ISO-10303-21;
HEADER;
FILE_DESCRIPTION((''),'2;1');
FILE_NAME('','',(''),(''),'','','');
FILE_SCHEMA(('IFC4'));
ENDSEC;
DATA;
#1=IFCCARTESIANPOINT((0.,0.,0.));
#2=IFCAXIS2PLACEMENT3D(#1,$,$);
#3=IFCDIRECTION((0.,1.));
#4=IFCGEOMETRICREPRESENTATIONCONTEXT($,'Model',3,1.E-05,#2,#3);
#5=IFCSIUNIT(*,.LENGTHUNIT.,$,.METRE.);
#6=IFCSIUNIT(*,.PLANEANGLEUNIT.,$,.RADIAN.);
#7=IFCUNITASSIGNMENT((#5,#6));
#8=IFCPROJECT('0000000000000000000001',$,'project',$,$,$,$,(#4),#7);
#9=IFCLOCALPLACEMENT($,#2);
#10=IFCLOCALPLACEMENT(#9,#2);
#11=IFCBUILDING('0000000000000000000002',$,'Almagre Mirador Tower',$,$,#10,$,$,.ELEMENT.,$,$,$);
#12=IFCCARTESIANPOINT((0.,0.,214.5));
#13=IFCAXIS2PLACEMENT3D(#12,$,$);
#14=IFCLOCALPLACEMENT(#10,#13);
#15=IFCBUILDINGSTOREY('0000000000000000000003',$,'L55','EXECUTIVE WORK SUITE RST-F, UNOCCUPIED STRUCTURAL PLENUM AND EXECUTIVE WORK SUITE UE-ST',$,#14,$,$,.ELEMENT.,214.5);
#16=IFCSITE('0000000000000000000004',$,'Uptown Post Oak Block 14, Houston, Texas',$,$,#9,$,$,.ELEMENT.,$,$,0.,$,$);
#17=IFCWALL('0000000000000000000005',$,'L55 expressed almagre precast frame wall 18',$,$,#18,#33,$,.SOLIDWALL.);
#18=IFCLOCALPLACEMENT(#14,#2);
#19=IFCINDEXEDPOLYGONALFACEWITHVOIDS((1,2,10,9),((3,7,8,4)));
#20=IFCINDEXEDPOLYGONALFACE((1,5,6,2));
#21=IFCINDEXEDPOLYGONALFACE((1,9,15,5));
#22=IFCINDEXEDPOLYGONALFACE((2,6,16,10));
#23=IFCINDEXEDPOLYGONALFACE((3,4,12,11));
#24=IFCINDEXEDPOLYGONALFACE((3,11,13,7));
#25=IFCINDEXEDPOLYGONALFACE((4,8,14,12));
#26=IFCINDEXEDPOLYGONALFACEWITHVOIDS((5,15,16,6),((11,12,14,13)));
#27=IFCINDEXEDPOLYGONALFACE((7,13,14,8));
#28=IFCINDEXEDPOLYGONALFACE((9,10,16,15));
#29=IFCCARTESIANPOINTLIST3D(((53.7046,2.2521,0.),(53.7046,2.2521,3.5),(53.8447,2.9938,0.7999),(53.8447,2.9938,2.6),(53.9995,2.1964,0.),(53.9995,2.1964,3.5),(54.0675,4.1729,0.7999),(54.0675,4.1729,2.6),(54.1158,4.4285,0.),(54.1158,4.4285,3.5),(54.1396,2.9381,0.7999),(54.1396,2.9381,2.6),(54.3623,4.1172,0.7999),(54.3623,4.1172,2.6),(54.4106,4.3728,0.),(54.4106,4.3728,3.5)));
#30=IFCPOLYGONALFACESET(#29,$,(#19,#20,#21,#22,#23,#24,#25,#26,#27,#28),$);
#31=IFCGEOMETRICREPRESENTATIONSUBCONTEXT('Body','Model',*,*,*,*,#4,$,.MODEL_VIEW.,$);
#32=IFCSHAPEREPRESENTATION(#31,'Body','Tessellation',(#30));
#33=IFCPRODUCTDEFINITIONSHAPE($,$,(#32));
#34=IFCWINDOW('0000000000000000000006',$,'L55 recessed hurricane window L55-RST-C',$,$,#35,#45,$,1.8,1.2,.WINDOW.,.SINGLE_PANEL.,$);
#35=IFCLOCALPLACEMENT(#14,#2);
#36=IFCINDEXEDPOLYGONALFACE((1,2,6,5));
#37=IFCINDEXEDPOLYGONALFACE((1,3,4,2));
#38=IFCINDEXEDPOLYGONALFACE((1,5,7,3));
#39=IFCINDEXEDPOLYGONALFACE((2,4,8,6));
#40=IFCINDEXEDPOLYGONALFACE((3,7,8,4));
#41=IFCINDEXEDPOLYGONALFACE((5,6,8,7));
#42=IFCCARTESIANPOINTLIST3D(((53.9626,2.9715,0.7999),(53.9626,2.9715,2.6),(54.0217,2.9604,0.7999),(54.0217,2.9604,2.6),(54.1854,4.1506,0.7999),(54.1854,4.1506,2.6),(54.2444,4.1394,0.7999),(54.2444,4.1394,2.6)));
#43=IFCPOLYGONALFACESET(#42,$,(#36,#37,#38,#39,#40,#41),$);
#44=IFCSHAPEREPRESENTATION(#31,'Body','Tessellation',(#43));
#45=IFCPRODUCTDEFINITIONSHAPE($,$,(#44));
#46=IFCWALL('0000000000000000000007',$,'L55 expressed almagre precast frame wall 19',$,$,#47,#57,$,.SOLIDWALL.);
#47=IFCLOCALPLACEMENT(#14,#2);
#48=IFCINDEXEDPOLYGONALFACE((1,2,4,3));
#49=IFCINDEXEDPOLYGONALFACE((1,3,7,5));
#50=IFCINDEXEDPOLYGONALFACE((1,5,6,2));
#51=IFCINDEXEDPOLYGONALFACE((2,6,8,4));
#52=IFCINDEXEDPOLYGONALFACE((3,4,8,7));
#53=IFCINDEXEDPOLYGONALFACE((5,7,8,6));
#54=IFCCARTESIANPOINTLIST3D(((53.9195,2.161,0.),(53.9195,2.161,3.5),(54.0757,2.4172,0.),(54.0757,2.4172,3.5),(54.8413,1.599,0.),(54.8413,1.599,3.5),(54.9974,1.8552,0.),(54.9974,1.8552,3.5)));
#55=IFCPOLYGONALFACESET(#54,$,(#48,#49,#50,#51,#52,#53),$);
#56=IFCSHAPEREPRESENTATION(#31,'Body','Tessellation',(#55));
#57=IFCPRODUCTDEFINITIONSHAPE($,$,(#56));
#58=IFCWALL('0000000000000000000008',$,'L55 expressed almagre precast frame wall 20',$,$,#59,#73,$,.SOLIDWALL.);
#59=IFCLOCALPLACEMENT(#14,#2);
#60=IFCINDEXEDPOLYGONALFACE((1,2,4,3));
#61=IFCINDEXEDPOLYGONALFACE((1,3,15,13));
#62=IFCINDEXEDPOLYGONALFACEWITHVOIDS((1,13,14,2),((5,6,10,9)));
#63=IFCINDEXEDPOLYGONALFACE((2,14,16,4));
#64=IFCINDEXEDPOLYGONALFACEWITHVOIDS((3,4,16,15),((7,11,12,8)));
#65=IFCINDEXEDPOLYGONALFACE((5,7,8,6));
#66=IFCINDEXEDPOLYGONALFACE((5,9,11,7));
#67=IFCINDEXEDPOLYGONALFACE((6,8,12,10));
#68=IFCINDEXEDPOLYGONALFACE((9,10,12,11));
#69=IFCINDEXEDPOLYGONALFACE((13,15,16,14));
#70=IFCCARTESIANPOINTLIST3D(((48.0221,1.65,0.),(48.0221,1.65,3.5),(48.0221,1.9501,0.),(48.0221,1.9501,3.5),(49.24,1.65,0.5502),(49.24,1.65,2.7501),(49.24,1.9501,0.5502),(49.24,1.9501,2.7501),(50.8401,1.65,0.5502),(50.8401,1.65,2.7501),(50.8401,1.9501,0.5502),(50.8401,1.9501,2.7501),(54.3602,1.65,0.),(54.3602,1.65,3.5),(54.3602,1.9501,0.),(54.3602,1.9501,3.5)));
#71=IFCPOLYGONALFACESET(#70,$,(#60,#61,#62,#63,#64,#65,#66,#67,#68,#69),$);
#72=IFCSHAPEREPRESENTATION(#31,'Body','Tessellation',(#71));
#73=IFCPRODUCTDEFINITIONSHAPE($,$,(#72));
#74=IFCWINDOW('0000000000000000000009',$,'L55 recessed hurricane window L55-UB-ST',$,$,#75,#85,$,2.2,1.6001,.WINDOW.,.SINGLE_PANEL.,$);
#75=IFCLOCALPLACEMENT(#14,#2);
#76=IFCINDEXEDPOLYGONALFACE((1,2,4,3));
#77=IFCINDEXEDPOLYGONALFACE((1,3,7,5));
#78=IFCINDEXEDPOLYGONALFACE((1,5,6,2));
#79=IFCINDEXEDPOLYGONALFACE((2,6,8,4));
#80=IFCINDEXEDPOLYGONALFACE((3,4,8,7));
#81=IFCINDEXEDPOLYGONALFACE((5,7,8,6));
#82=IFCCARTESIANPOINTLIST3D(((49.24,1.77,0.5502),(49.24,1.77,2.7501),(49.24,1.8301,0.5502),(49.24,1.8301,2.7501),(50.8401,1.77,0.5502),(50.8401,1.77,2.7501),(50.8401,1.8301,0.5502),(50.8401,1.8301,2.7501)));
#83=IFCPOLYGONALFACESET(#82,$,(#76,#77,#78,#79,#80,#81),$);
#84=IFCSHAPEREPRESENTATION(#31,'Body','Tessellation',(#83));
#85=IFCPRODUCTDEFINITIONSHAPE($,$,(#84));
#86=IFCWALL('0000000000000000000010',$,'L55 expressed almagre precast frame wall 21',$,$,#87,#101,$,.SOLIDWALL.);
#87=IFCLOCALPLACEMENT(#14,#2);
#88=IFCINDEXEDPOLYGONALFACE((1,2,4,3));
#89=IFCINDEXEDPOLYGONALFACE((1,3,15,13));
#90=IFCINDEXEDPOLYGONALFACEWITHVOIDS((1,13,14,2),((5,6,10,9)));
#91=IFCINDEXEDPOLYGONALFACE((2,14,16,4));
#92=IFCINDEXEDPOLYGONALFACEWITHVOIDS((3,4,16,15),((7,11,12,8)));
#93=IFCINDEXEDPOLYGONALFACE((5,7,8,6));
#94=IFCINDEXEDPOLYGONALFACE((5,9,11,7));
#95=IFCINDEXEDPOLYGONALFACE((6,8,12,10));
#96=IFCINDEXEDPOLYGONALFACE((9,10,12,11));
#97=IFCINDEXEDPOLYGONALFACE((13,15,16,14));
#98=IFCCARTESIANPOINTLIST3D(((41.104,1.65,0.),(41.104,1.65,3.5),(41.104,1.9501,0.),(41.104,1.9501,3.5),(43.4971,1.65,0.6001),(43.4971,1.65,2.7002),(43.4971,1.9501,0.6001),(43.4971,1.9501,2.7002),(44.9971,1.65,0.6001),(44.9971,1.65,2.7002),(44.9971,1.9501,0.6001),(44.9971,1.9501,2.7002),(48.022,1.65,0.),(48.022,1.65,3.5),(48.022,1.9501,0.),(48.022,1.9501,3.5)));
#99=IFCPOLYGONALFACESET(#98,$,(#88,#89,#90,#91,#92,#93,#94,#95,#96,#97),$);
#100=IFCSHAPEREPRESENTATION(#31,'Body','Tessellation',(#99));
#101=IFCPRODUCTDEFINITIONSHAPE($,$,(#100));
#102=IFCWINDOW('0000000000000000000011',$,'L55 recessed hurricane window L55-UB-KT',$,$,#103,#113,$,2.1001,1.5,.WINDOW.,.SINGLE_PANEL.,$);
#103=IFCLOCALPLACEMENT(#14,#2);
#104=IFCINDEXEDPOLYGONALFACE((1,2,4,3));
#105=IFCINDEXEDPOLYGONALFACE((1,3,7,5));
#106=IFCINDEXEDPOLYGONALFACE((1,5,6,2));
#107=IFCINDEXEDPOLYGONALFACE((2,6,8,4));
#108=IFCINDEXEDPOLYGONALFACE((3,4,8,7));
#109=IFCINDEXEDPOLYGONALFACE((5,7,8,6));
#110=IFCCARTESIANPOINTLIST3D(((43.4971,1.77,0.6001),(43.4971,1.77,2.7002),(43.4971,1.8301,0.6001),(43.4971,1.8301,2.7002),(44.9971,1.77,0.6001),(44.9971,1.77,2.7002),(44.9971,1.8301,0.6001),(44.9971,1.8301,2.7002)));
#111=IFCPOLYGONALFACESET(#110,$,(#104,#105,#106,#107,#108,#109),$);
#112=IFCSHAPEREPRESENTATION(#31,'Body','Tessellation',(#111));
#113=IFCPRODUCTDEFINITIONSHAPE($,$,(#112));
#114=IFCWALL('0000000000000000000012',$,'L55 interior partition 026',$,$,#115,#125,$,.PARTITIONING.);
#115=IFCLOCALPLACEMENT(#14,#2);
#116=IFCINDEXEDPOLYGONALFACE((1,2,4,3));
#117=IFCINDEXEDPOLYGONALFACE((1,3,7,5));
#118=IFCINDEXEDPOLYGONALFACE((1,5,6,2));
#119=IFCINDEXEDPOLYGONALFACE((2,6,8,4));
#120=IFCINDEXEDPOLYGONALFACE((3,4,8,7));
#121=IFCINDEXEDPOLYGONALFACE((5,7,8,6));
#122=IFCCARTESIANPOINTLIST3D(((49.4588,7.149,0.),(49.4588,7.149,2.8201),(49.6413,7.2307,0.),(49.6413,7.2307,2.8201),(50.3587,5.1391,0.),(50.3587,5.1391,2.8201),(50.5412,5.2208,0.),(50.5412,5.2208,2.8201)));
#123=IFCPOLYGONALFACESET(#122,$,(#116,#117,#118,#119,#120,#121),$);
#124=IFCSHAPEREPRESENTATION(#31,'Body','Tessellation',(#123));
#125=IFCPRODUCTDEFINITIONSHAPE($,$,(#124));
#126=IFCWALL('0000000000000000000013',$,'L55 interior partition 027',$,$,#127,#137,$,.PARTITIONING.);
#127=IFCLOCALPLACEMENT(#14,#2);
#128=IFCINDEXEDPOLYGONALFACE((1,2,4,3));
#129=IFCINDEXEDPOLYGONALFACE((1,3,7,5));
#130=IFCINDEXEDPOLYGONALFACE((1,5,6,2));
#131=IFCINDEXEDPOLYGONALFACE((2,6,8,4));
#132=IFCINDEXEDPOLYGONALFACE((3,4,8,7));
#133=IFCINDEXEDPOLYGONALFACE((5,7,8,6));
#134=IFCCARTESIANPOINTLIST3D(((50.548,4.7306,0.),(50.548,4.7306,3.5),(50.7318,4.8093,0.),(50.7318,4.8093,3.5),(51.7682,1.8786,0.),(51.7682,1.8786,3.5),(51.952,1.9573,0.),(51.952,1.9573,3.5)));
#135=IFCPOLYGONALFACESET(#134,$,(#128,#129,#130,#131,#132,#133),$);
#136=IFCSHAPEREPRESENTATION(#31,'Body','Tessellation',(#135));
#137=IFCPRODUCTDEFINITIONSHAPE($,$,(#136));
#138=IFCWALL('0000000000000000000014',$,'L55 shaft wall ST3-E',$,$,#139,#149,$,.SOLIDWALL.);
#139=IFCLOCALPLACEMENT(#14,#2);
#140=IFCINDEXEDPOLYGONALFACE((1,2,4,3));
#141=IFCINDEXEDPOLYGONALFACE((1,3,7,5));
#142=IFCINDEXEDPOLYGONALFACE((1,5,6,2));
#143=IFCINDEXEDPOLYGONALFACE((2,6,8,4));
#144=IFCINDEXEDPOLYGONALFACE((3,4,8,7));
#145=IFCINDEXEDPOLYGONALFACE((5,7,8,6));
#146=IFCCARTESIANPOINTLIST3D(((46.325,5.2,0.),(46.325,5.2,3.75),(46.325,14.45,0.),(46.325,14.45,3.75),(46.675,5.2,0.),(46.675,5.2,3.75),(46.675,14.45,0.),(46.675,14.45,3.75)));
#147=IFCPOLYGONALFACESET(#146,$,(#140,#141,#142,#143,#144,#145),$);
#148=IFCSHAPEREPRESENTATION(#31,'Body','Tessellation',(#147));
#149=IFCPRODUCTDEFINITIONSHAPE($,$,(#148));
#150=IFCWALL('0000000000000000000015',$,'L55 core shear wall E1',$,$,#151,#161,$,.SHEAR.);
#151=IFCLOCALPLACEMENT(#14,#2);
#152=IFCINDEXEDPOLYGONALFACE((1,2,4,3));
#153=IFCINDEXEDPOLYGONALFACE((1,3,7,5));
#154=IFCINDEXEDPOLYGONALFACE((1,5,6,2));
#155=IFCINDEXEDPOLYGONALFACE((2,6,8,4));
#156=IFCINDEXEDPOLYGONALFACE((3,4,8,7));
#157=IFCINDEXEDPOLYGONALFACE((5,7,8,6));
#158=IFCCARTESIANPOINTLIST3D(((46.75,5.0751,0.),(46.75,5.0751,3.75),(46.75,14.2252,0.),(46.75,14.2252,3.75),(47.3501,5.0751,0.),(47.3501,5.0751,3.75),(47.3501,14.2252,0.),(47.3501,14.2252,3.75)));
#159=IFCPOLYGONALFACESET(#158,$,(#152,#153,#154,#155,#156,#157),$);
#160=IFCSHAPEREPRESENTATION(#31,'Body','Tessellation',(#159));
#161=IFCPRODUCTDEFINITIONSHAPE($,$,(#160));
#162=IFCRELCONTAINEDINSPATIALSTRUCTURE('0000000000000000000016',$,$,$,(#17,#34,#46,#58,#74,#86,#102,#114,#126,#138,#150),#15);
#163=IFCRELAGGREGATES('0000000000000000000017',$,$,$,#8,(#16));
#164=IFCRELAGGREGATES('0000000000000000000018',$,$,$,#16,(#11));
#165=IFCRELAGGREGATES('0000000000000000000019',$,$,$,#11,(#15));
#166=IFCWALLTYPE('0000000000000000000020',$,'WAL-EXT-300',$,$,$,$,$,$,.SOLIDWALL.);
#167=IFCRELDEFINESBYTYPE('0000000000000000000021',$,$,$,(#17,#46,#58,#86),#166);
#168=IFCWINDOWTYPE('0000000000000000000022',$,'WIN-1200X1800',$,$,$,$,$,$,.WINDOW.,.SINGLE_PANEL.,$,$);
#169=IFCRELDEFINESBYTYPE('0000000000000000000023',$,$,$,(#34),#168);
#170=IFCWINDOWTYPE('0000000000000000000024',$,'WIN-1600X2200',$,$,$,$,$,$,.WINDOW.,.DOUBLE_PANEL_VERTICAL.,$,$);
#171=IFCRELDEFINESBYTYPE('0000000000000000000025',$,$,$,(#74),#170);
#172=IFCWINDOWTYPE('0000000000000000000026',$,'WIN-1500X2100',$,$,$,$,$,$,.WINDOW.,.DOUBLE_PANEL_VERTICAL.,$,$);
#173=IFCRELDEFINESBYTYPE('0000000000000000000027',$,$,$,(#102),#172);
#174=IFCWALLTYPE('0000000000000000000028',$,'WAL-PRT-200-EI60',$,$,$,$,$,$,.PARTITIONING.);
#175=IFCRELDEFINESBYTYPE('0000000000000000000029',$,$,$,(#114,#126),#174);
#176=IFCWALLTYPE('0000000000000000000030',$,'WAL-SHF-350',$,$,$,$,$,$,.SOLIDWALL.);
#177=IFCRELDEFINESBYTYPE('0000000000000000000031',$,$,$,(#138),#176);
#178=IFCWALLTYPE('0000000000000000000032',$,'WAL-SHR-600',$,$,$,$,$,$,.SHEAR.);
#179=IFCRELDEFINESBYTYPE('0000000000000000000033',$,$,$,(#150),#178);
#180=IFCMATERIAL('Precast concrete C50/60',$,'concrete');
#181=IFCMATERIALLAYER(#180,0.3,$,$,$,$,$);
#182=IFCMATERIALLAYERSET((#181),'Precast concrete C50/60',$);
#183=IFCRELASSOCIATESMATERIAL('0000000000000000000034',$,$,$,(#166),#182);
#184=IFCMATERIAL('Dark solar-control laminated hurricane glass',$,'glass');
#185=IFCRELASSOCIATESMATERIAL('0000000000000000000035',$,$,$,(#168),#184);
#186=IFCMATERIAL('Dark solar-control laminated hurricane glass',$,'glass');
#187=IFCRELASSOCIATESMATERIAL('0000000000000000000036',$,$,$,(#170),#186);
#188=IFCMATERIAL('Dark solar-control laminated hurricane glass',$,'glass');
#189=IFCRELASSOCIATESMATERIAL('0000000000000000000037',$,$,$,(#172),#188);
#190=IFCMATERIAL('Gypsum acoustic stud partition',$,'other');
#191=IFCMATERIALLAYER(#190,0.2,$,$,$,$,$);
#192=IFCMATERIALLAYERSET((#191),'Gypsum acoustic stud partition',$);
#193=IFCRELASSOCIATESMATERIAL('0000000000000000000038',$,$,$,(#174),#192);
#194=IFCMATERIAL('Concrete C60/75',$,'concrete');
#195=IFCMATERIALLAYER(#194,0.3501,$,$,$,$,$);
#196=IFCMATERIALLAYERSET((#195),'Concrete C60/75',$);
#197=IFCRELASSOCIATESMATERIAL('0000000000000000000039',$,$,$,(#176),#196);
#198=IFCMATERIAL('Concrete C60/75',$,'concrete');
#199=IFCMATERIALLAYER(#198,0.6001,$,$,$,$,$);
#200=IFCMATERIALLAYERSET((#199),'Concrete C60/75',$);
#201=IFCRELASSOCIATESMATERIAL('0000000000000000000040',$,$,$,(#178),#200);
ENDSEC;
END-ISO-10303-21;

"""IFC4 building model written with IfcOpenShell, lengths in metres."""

from ifc_helpers import new_model, si_unit, direction, frame, frame_2d, origin, place, context, subcontext, project, spatial, rectangle, extrude, material, layer, layer_set, type_object, element, fill, save


model = new_model("IFC4")

# Units and contexts
model_context = context("Model", 3, precision=1e-05, world=origin(), true_north=direction((0.0, 1.0)))
body_context = subcontext(model_context, "Body", "Model", "MODEL_VIEW")
ifc_project = project(units=[si_unit("LENGTHUNIT", "METRE"), si_unit("PLANEANGLEUNIT", "RADIAN")], contexts=[model_context])

# Site, building, storey
site_placement = place(None, origin())
site = spatial("IfcSite", under=ifc_project, at=site_placement, Name="Uptown Post Oak Block 14, Houston, Texas", CompositionType="ELEMENT", RefElevation=0.0)
building_placement = place(site_placement, origin())
building = spatial("IfcBuilding", under=site, at=building_placement, Name="Almagre Mirador Tower", CompositionType="ELEMENT")
storey_placement = place(building_placement, frame((0.0, 0.0, 214.5)))
storey = spatial("IfcBuildingStorey", under=building, at=storey_placement, Name="L55", Description="EXECUTIVE WORK SUITE RST-F, UNOCCUPIED STRUCTURAL PLENUM AND EXECUTIVE WORK SUITE UE-ST", CompositionType="ELEMENT", Elevation=214.5)

# Shared definitions
ifc_material_1 = material(Name="Precast concrete C50/60", Category="concrete")
ifc_layer_1 = layer(ifc_material_1, 0.3)
ifc_layer_set_1 = layer_set([ifc_layer_1], Name="Precast concrete C50/60")
wall_type_1 = type_object("IfcWallType", Name="WAL-EXT-300", PredefinedType="SOLIDWALL", material=ifc_layer_set_1)

# Wall, opening, window
wall_1_placement = place(storey_placement, frame((54.2632, 4.4006, 0.0), z_axis=(0.0, 0.0, 1.0), x_axis=(-0.185633, -0.982619, 0.0)))
wall_1 = element("IfcWall", 1, at=wall_1_placement, inside=storey, type_object=wall_type_1, Name="L55 expressed almagre precast frame wall 18", PredefinedType="SOLIDWALL", context=body_context, shape_type="SweptSolid", body=[
    extrude(rectangle(XDim=2.2148, YDim=0.3, at=frame_2d((1.1074, 0.0))), origin(), (0.0, 0.0, 1.0), 3.5),
])
opening_1_placement = place(wall_1_placement, frame((0.26, 0.0, 0.8)))
opening_1 = element("IfcOpeningElement", 2, at=opening_1_placement, cuts=wall_1, PredefinedType="OPENING", context=body_context, shape_type="SweptSolid", body=[
    extrude(rectangle(XDim=1.2, YDim=1.8, at=frame_2d((0.6001, 0.8999))), frame((0.0, 0.1599, 0.0), z_axis=(0.0, -1.0, 0.0), x_axis=(1.0, 0.0, 0.0)), (0.0, 0.0, 1.0), 0.32),
])
ifc_material_2 = material(Name="Dark solar-control laminated hurricane glass", Category="glass")
window_type_1 = type_object("IfcWindowType", Name="WIN-1200X1800", PartitioningType="SINGLE_PANEL", PredefinedType="WINDOW", material=ifc_material_2)
window_1_placement = place(opening_1_placement, origin())
window_1 = element("IfcWindow", 3, at=window_1_placement, inside=storey, type_object=window_type_1, Name="L55 recessed hurricane window L55-RST-C", OverallHeight=1.8, OverallWidth=1.2, PartitioningType="SINGLE_PANEL", PredefinedType="WINDOW", context=body_context, shape_type="SweptSolid", body=[
    extrude(rectangle(XDim=1.2, YDim=1.8, at=frame_2d((0.6001, 0.8999))), frame((0.0, 0.03, 0.0), z_axis=(0.0, -1.0, 0.0), x_axis=(1.0, 0.0, 0.0)), (0.0, 0.0, 1.0), 0.0601),
])
fill(opening_1, window_1)

# Wall
wall_2_placement = place(storey_placement, frame((53.9976, 2.2891, 0.0), z_axis=(0.0, 0.0, 1.0), x_axis=(0.85384, -0.520535, 0.0)))
element("IfcWall", 4, at=wall_2_placement, inside=storey, type_object=wall_type_1, Name="L55 expressed almagre precast frame wall 19", PredefinedType="SOLIDWALL", context=body_context, shape_type="SweptSolid", body=[
    extrude(rectangle(XDim=1.0796, YDim=0.3, at=frame_2d((0.5398, 0.0))), origin(), (0.0, 0.0, 1.0), 3.5),
])

# Walls, openings, windows
wall_3_placement = place(storey_placement, frame((54.3601, 1.8, 0.0), z_axis=(0.0, 0.0, 1.0), x_axis=(-1.0, 0.0, 0.0)))
wall_3 = element("IfcWall", 5, at=wall_3_placement, inside=storey, type_object=wall_type_1, Name="L55 expressed almagre precast frame wall 20", PredefinedType="SOLIDWALL", context=body_context, shape_type="SweptSolid", body=[
    extrude(rectangle(XDim=6.3381, YDim=0.3, at=frame_2d((3.1689, 0.0))), origin(), (0.0, 0.0, 1.0), 3.5),
])
opening_2_placement = place(wall_3_placement, frame((3.52, 0.0, 0.55)))
opening_2 = element("IfcOpeningElement", 6, at=opening_2_placement, cuts=wall_3, PredefinedType="OPENING", context=body_context, shape_type="SweptSolid", body=[
    extrude(rectangle(XDim=1.6001, YDim=2.2, at=frame_2d((0.8, 1.1001))), frame((0.0, 0.1599, 0.0), z_axis=(0.0, -1.0, 0.0), x_axis=(1.0, 0.0, 0.0)), (0.0, 0.0, 1.0), 0.32),
])
ifc_material_3 = material(Name="Dark solar-control laminated hurricane glass", Category="glass")
window_type_2 = type_object("IfcWindowType", Name="WIN-1600X2200", PartitioningType="DOUBLE_PANEL_VERTICAL", PredefinedType="WINDOW", material=ifc_material_3)
window_2_placement = place(opening_2_placement, origin())
window_2 = element("IfcWindow", 7, at=window_2_placement, inside=storey, type_object=window_type_2, Name="L55 recessed hurricane window L55-UB-ST", OverallHeight=2.2, OverallWidth=1.6001, PartitioningType="SINGLE_PANEL", PredefinedType="WINDOW", context=body_context, shape_type="SweptSolid", body=[
    extrude(rectangle(XDim=1.6001, YDim=2.2, at=frame_2d((0.8, 1.1001))), frame((0.0, 0.03, 0.0), z_axis=(0.0, -1.0, 0.0), x_axis=(1.0, 0.0, 0.0)), (0.0, 0.0, 1.0), 0.0601),
])
fill(opening_2, window_2)
wall_4_placement = place(storey_placement, frame((48.022, 1.8, 0.0), z_axis=(0.0, 0.0, 1.0), x_axis=(-1.0, 0.0, 0.0)))
wall_4 = element("IfcWall", 8, at=wall_4_placement, inside=storey, type_object=wall_type_1, Name="L55 expressed almagre precast frame wall 21", PredefinedType="SOLIDWALL", context=body_context, shape_type="SweptSolid", body=[
    extrude(rectangle(XDim=6.918, YDim=0.3, at=frame_2d((3.459, 0.0))), origin(), (0.0, 0.0, 1.0), 3.5),
])
opening_3_placement = place(wall_4_placement, frame((3.0249, 0.0, 0.6001)))
opening_3 = element("IfcOpeningElement", 9, at=opening_3_placement, cuts=wall_4, PredefinedType="OPENING", context=body_context, shape_type="SweptSolid", body=[
    extrude(rectangle(XDim=1.5, YDim=2.1001, at=frame_2d((0.75, 1.05))), frame((0.0, 0.1599, 0.0), z_axis=(0.0, -1.0, 0.0), x_axis=(1.0, 0.0, 0.0)), (0.0, 0.0, 1.0), 0.32),
])
ifc_material_4 = material(Name="Dark solar-control laminated hurricane glass", Category="glass")
window_type_3 = type_object("IfcWindowType", Name="WIN-1500X2100", PartitioningType="DOUBLE_PANEL_VERTICAL", PredefinedType="WINDOW", material=ifc_material_4)
window_3_placement = place(opening_3_placement, origin())
window_3 = element("IfcWindow", 10, at=window_3_placement, inside=storey, type_object=window_type_3, Name="L55 recessed hurricane window L55-UB-KT", OverallHeight=2.1001, OverallWidth=1.5, PartitioningType="SINGLE_PANEL", PredefinedType="WINDOW", context=body_context, shape_type="SweptSolid", body=[
    extrude(rectangle(XDim=1.5, YDim=2.1001, at=frame_2d((0.75, 1.05))), frame((0.0, 0.03, 0.0), z_axis=(0.0, -1.0, 0.0), x_axis=(1.0, 0.0, 0.0)), (0.0, 0.0, 1.0), 0.0601),
])
fill(opening_3, window_3)

# Walls
ifc_material_5 = material(Name="Gypsum acoustic stud partition", Category="other")
ifc_layer_2 = layer(ifc_material_5, 0.2)
ifc_layer_set_2 = layer_set([ifc_layer_2], Name="Gypsum acoustic stud partition")
wall_type_2 = type_object("IfcWallType", Name="WAL-PRT-200-EI60", PredefinedType="PARTITIONING", material=ifc_layer_set_2)
wall_5_placement = place(storey_placement, frame((50.45, 5.1799, 0.0), z_axis=(0.0, 0.0, 1.0), x_axis=(-0.408626, 0.912702, 0.0)))
element("IfcWall", 11, at=wall_5_placement, inside=storey, type_object=wall_type_2, Name="L55 interior partition 026", PredefinedType="PARTITIONING", context=body_context, shape_type="SweptSolid", body=[
    extrude(rectangle(XDim=2.2021, YDim=0.2, at=frame_2d((1.1011, 0.0))), origin(), (0.0, 0.0, 1.0), 2.8201),
])
wall_6_placement = place(storey_placement, frame((51.8601, 1.918, 0.0), z_axis=(0.0, 0.0, 1.0), x_axis=(-0.393349, 0.919389, 0.0)))
element("IfcWall", 12, at=wall_6_placement, inside=storey, type_object=wall_type_2, Name="L55 interior partition 027", PredefinedType="PARTITIONING", context=body_context, shape_type="SweptSolid", body=[
    extrude(rectangle(XDim=3.1021, YDim=0.2, at=frame_2d((1.551, 0.0))), origin(), (0.0, 0.0, 1.0), 3.5),
])
ifc_material_6 = material(Name="Concrete C60/75", Category="concrete")
ifc_layer_3 = layer(ifc_material_6, 0.3501)
ifc_layer_set_3 = layer_set([ifc_layer_3], Name="Concrete C60/75")
wall_type_3 = type_object("IfcWallType", Name="WAL-SHF-350", PredefinedType="SOLIDWALL", material=ifc_layer_set_3)
wall_7_placement = place(storey_placement, frame((46.5, 5.2, 0.0), z_axis=(0.0, 0.0, 1.0), x_axis=(0.0, 1.0, 0.0)))
element("IfcWall", 13, at=wall_7_placement, inside=storey, type_object=wall_type_3, Name="L55 shaft wall ST3-E", PredefinedType="SOLIDWALL", context=body_context, shape_type="SweptSolid", body=[
    extrude(rectangle(XDim=9.25, YDim=0.3501, at=frame_2d((4.625, 0.0))), origin(), (0.0, 0.0, 1.0), 3.75),
])
ifc_material_7 = material(Name="Concrete C60/75", Category="concrete")
ifc_layer_4 = layer(ifc_material_7, 0.6001)
ifc_layer_set_4 = layer_set([ifc_layer_4], Name="Concrete C60/75")
wall_type_4 = type_object("IfcWallType", Name="WAL-SHR-600", PredefinedType="SHEAR", material=ifc_layer_set_4)
wall_8_placement = place(storey_placement, frame((47.05, 5.075, 0.0), z_axis=(0.0, 0.0, 1.0), x_axis=(0.0, 1.0, 0.0)))
element("IfcWall", 14, at=wall_8_placement, inside=storey, type_object=wall_type_4, Name="L55 core shear wall E1", PredefinedType="SHEAR", context=body_context, shape_type="SweptSolid", body=[
    extrude(rectangle(XDim=9.1501, YDim=0.6001, at=frame_2d((4.5752, 0.0))), origin(), (0.0, 0.0, 1.0), 3.75),
])

save(model, "model.ifc")
